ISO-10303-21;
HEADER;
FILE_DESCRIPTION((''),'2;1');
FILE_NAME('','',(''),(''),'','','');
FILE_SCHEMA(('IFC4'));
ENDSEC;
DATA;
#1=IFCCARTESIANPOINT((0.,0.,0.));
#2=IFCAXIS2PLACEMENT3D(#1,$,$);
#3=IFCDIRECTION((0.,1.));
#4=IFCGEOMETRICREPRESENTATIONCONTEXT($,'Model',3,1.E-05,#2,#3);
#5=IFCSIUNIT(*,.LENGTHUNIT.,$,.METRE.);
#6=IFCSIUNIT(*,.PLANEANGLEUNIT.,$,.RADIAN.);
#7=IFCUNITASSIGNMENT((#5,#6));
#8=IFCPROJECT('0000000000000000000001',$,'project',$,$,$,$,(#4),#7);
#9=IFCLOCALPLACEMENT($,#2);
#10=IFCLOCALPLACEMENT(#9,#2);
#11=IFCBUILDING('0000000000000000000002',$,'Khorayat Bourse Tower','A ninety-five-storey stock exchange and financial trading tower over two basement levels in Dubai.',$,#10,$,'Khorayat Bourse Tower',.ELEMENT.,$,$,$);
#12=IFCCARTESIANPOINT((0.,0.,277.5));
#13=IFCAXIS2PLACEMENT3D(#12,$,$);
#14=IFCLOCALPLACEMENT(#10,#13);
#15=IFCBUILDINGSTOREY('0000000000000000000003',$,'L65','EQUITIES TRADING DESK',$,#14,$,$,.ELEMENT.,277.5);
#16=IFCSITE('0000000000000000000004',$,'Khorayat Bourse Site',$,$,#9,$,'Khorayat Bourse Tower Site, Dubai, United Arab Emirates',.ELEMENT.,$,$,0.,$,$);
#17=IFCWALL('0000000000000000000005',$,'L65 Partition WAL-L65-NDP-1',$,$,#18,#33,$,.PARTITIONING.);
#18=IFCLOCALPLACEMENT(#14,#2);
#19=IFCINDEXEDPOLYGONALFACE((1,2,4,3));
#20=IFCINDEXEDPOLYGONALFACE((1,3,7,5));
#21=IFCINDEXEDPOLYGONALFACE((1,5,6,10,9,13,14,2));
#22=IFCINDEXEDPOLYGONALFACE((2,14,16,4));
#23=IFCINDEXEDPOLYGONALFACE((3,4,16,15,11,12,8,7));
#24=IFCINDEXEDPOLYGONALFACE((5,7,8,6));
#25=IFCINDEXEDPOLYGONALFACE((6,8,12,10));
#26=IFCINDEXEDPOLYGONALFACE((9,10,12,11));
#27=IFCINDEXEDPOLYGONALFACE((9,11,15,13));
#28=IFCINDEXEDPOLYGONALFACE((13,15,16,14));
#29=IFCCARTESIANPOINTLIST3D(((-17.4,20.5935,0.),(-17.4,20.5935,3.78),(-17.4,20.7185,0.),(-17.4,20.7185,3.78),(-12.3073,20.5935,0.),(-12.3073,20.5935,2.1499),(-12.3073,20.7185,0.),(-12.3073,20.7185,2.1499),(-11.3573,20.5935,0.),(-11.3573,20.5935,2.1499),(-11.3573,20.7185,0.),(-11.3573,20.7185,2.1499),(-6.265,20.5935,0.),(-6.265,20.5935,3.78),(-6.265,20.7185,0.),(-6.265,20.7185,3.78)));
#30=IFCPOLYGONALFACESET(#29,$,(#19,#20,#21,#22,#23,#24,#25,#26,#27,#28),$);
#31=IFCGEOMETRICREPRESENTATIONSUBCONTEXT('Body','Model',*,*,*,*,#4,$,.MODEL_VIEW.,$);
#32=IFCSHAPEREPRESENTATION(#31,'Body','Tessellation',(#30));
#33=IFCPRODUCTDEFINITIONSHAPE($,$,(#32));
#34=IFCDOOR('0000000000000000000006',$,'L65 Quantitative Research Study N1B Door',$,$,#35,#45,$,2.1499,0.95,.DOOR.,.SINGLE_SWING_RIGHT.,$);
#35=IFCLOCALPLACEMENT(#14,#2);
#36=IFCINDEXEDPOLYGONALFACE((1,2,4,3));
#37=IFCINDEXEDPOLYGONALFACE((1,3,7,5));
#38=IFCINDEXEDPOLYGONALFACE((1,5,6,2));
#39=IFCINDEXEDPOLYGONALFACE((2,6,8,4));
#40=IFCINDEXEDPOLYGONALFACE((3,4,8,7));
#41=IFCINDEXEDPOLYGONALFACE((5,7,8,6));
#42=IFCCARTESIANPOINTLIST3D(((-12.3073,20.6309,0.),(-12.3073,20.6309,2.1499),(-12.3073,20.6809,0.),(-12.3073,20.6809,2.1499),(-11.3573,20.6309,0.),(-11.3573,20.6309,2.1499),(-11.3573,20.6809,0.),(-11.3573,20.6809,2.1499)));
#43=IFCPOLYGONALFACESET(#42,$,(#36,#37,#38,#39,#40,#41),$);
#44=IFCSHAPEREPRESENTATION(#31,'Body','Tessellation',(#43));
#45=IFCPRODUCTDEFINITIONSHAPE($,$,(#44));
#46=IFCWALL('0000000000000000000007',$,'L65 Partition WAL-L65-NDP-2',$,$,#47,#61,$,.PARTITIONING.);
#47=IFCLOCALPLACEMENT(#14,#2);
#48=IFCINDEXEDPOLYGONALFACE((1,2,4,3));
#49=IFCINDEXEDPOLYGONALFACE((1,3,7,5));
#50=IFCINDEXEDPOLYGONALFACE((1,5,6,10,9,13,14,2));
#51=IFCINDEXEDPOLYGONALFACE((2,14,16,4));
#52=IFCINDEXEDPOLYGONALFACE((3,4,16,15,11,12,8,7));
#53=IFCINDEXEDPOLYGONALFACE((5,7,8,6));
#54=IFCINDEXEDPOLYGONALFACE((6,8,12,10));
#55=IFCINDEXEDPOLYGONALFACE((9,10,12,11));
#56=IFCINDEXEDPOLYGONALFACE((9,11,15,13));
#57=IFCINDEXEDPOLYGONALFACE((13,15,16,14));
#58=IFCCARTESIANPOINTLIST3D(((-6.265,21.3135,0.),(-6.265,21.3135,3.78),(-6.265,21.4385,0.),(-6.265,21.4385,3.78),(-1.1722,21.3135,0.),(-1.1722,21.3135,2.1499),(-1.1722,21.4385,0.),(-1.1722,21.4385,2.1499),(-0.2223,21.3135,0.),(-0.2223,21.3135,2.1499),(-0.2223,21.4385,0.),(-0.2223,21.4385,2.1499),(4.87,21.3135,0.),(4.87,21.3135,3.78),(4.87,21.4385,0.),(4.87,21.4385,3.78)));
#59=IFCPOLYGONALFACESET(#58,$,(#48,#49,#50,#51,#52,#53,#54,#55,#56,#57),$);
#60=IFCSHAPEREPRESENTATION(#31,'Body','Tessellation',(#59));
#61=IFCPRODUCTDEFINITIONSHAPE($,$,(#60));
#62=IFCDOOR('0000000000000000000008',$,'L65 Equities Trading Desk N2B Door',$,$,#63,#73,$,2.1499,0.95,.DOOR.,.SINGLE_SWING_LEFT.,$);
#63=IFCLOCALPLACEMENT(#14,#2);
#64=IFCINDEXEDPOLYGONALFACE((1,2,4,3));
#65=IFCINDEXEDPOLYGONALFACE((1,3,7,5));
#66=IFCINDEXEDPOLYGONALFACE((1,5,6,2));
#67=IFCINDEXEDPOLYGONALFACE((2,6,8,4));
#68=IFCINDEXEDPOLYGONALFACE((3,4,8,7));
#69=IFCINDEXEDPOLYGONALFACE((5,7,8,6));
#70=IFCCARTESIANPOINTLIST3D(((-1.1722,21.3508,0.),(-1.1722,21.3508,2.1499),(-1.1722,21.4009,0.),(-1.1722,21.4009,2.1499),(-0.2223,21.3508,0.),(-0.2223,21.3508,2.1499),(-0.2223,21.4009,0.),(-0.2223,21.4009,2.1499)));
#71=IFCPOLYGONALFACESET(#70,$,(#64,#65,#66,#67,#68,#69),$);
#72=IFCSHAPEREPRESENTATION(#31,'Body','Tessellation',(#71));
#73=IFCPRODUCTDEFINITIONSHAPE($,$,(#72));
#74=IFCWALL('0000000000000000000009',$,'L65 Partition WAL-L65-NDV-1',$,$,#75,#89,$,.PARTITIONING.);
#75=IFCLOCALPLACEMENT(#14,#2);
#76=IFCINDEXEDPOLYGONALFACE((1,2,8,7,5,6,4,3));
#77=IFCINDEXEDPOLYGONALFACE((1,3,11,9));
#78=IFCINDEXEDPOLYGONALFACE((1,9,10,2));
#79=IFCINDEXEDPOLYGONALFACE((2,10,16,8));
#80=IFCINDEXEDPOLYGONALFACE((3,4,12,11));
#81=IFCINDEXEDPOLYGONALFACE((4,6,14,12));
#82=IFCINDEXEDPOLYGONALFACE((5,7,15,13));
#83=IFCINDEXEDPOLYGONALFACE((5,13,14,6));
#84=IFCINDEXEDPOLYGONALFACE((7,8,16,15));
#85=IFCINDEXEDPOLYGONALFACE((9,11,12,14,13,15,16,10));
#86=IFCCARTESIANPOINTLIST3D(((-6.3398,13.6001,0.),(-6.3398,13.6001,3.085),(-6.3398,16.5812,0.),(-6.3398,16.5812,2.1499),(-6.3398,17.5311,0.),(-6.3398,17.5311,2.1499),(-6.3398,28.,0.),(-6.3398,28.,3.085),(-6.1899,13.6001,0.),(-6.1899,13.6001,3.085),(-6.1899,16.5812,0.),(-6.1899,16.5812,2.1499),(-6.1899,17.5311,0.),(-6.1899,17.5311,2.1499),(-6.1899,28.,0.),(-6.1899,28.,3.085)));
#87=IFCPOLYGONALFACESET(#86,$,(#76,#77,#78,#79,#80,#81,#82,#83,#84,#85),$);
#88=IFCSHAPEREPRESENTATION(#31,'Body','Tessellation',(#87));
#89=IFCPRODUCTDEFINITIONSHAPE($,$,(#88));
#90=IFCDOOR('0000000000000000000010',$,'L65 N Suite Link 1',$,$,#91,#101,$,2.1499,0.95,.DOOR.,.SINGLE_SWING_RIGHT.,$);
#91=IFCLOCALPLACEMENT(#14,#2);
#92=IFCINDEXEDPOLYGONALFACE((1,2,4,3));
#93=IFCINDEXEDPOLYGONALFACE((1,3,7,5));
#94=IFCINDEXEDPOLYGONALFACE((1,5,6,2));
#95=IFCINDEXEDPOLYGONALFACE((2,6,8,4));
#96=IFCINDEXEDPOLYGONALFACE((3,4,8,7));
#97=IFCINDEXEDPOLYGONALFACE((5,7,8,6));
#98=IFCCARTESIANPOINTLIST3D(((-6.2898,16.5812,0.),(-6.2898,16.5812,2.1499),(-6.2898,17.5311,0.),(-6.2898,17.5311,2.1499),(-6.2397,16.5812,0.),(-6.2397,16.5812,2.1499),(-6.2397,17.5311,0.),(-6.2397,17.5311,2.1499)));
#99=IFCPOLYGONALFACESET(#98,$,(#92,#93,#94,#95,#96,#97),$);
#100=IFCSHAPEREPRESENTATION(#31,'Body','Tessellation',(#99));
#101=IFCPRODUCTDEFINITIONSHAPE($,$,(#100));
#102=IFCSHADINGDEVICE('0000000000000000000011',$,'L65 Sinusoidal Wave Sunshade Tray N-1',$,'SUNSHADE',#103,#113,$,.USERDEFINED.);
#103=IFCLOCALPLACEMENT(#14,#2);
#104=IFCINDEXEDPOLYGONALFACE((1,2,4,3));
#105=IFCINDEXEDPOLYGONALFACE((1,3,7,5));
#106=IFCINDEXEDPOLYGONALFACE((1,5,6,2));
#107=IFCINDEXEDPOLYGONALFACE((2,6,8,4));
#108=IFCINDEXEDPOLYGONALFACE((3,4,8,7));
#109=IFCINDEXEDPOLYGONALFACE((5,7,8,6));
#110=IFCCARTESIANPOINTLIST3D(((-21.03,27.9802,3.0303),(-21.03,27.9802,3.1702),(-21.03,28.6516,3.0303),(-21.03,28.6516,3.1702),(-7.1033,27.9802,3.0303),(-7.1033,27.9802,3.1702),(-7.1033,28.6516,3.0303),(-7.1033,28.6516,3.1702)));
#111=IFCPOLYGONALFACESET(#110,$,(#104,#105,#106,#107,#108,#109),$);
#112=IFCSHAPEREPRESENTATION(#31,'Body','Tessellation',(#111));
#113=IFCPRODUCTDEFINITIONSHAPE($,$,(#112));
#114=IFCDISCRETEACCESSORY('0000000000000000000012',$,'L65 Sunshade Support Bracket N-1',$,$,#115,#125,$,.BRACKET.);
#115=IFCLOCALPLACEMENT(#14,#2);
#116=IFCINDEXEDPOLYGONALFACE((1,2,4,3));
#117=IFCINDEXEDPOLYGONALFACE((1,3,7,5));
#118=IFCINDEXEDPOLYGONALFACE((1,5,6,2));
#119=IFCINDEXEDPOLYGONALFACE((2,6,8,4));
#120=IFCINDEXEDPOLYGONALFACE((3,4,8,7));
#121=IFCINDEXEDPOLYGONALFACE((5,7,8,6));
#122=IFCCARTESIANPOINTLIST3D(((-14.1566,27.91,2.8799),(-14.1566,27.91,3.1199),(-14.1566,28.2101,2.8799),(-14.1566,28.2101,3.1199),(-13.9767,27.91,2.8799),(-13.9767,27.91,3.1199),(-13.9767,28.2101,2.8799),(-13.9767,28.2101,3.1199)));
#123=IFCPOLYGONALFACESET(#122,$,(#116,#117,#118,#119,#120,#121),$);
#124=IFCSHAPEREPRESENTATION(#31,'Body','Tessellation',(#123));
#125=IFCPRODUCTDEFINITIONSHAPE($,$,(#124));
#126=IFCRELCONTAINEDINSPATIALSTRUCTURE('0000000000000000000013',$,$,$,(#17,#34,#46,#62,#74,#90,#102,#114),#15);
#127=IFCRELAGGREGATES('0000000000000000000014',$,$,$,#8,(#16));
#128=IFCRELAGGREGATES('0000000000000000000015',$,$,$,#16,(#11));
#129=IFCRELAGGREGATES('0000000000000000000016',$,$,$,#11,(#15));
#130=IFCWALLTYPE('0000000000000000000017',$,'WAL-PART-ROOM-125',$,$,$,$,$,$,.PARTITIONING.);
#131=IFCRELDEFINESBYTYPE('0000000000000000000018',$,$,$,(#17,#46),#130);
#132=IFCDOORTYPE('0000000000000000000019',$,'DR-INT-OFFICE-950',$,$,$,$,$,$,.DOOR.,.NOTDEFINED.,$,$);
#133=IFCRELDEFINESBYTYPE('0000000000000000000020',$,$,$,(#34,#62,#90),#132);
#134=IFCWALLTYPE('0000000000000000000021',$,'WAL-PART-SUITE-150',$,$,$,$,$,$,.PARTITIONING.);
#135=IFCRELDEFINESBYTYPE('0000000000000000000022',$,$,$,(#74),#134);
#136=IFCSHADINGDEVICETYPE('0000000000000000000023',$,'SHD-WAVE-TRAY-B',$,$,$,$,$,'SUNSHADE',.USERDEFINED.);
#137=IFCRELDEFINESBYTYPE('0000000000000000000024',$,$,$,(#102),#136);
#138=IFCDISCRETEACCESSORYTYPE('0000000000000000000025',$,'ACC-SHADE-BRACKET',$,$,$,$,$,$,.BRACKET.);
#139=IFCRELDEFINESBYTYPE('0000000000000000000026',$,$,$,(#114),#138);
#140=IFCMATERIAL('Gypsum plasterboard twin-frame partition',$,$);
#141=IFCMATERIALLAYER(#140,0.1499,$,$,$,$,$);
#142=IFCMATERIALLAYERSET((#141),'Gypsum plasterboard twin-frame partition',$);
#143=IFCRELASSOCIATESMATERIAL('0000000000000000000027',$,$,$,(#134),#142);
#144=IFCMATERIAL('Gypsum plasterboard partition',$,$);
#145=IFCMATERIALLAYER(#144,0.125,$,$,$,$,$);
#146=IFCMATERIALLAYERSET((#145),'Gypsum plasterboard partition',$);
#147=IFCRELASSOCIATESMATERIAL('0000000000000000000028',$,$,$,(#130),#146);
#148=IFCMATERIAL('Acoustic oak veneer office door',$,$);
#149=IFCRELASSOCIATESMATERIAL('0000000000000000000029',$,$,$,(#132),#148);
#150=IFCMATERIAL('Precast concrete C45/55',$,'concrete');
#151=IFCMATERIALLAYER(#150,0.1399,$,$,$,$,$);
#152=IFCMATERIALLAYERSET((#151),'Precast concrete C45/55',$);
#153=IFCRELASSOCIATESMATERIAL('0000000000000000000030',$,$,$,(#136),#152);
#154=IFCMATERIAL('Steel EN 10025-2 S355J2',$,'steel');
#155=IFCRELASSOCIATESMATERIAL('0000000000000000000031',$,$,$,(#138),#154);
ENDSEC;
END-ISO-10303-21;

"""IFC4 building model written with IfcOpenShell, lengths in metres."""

from ifc_helpers import new_model, si_unit, direction, frame, frame_2d, origin, origin_2d, place, context, subcontext, project, spatial, rectangle, extrude, source, transform, mapped, material, layer, layer_set, type_object, element, fill, save


model = new_model("IFC4")

# Units and contexts
model_context = context("Model", 3, precision=1e-05, world=origin(), true_north=direction((0.0, 1.0)))
body_context = subcontext(model_context, "Body", "Model", "MODEL_VIEW")
ifc_project = project(units=[si_unit("LENGTHUNIT", "METRE"), si_unit("PLANEANGLEUNIT", "RADIAN")], contexts=[model_context])

# Site, building, storey
site_placement = place(None, origin())
site = spatial("IfcSite", under=ifc_project, at=site_placement, Name="Khorayat Bourse Site", LongName="Khorayat Bourse Tower Site, Dubai, United Arab Emirates", CompositionType="ELEMENT", RefElevation=0.0)
building_placement = place(site_placement, origin())
building = spatial("IfcBuilding", under=site, at=building_placement, Name="Khorayat Bourse Tower", Description="A ninety-five-storey stock exchange and financial trading tower over two basement levels in Dubai.", LongName="Khorayat Bourse Tower", CompositionType="ELEMENT")
storey_placement = place(building_placement, frame((0.0, 0.0, 277.5)))
storey = spatial("IfcBuildingStorey", under=building, at=storey_placement, Name="L65", Description="EQUITIES TRADING DESK", CompositionType="ELEMENT", Elevation=277.5)

# Shared definitions
ifc_material_1 = material(Name="Steel EN 10025-2 S355J2", Category="steel")

# Shared definitions
ifc_material_2 = material(Name="Gypsum plasterboard twin-frame partition")
ifc_layer_1 = layer(ifc_material_2, 0.1499)
ifc_layer_set_1 = layer_set([ifc_layer_1], Name="Gypsum plasterboard twin-frame partition")
wall_type_1 = type_object("IfcWallType", Name="WAL-PART-SUITE-150", PredefinedType="PARTITIONING", material=ifc_layer_set_1)

# Walls, openings, doors
ifc_material_3 = material(Name="Gypsum plasterboard partition")
ifc_layer_2 = layer(ifc_material_3, 0.125)
ifc_layer_set_2 = layer_set([ifc_layer_2], Name="Gypsum plasterboard partition")
wall_type_2 = type_object("IfcWallType", Name="WAL-PART-ROOM-125", PredefinedType="PARTITIONING", material=ifc_layer_set_2)
shared_shape_1 = source(origin(), body_context, "Body", "SweptSolid", [
    extrude(rectangle(XDim=11.135, YDim=0.125, at=frame_2d((5.5674, 0.0))), origin(), (0.0, 0.0, 1.0), 3.78),
])
wall_1_placement = place(storey_placement, frame((-17.3999, 20.656, 0.0), z_axis=(0.0, 0.0, 1.0), x_axis=(1.0, 0.0, 0.0)))
wall_1 = element("IfcWall", 1, at=wall_1_placement, inside=storey, type_object=wall_type_2, Name="L65 Partition WAL-L65-NDP-1", PredefinedType="PARTITIONING", context=body_context, shape_type="MappedRepresentation", body=[
    mapped(shared_shape_1, transform((0.0, 0.0, 0.0), scale=1.0)),
])
shared_shape_2 = source(origin(), body_context, "Body", "SweptSolid", [
    extrude(rectangle(XDim=0.95, YDim=2.1499, at=frame_2d((0.4751, 1.075))), frame((0.0, 0.0725, 0.0), z_axis=(0.0, -1.0, 0.0), x_axis=(1.0, 0.0, 0.0)), (0.0, 0.0, 1.0), 0.145),
])
opening_1_placement = place(wall_1_placement, frame((5.0925, 0.0, 0.0)))
opening_1 = element("IfcOpeningElement", 2, at=opening_1_placement, cuts=wall_1, PredefinedType="OPENING", context=body_context, shape_type="MappedRepresentation", body=[
    mapped(shared_shape_2, transform((0.0, 0.0, 0.0), scale=1.0)),
])
ifc_material_4 = material(Name="Acoustic oak veneer office door")
door_type_1 = type_object("IfcDoorType", Name="DR-INT-OFFICE-950", OperationType="NOTDEFINED", PredefinedType="DOOR", material=ifc_material_4)
shared_shape_3 = source(origin(), body_context, "Body", "SweptSolid", [
    extrude(rectangle(XDim=0.95, YDim=2.1499, at=frame_2d((0.4751, 1.075))), frame((0.0, 0.0249, 0.0), z_axis=(0.0, -1.0, 0.0), x_axis=(1.0, 0.0, 0.0)), (0.0, 0.0, 1.0), 0.05),
])
door_1_placement = place(opening_1_placement, origin())
door_1 = element("IfcDoor", 3, at=door_1_placement, inside=storey, type_object=door_type_1, Name="L65 Quantitative Research Study N1B Door", OperationType="SINGLE_SWING_RIGHT", OverallHeight=2.1499, OverallWidth=0.95, PredefinedType="DOOR", context=body_context, shape_type="MappedRepresentation", body=[
    mapped(shared_shape_3, transform((0.0, 0.0, 0.0), scale=1.0)),
])
fill(opening_1, door_1)
wall_2_placement = place(storey_placement, frame((-6.2649, 21.376, 0.0), z_axis=(0.0, 0.0, 1.0), x_axis=(1.0, 0.0, 0.0)))
wall_2 = element("IfcWall", 4, at=wall_2_placement, inside=storey, type_object=wall_type_2, Name="L65 Partition WAL-L65-NDP-2", PredefinedType="PARTITIONING", context=body_context, shape_type="MappedRepresentation", body=[
    mapped(shared_shape_1, transform((0.0, 0.0, 0.0), scale=1.0)),
])
opening_2_placement = place(wall_2_placement, frame((5.0925, 0.0, 0.0)))
opening_2 = element("IfcOpeningElement", 5, at=opening_2_placement, cuts=wall_2, PredefinedType="OPENING", context=body_context, shape_type="MappedRepresentation", body=[
    mapped(shared_shape_2, transform((0.0, 0.0, 0.0), scale=1.0)),
])
door_2_placement = place(opening_2_placement, origin())
door_2 = element("IfcDoor", 6, at=door_2_placement, inside=storey, type_object=door_type_1, Name="L65 Equities Trading Desk N2B Door", OperationType="SINGLE_SWING_LEFT", OverallHeight=2.1499, OverallWidth=0.95, PredefinedType="DOOR", context=body_context, shape_type="MappedRepresentation", body=[
    mapped(shared_shape_3, transform((0.0, 0.0, 0.0), scale=1.0)),
])
fill(opening_2, door_2)
shared_shape_4 = source(origin(), body_context, "Body", "SweptSolid", [
    extrude(rectangle(XDim=14.3999, YDim=0.1499, at=frame_2d((7.2, 0.0))), origin(), (0.0, 0.0, 1.0), 3.085),
])
wall_3_placement = place(storey_placement, frame((-6.2649, 13.6001, 0.0), z_axis=(0.0, 0.0, 1.0), x_axis=(0.0, 1.0, 0.0)))
wall_3 = element("IfcWall", 7, at=wall_3_placement, inside=storey, type_object=wall_type_1, Name="L65 Partition WAL-L65-NDV-1", PredefinedType="PARTITIONING", context=body_context, shape_type="MappedRepresentation", body=[
    mapped(shared_shape_4, transform((0.0, 0.0, 0.0), scale=1.0)),
])
shared_shape_5 = source(origin(), body_context, "Body", "SweptSolid", [
    extrude(rectangle(XDim=0.95, YDim=2.1499, at=frame_2d((0.4751, 1.075))), frame((0.0, 0.085, 0.0), z_axis=(0.0, -1.0, 0.0), x_axis=(1.0, 0.0, 0.0)), (0.0, 0.0, 1.0), 0.1699),
])
opening_3_placement = place(wall_3_placement, frame((2.981, 0.0, 0.0)))
opening_3 = element("IfcOpeningElement", 8, at=opening_3_placement, cuts=wall_3, PredefinedType="OPENING", context=body_context, shape_type="MappedRepresentation", body=[
    mapped(shared_shape_5, transform((0.0, 0.0, 0.0), scale=1.0)),
])
door_3_placement = place(opening_3_placement, origin())
door_3 = element("IfcDoor", 9, at=door_3_placement, inside=storey, type_object=door_type_1, Name="L65 N Suite Link 1", OperationType="SINGLE_SWING_RIGHT", OverallHeight=2.1499, OverallWidth=0.95, PredefinedType="DOOR", context=body_context, shape_type="MappedRepresentation", body=[
    mapped(shared_shape_3, transform((0.0, 0.0, 0.0), scale=1.0)),
])
fill(opening_3, door_3)

# Shading device
ifc_material_5 = material(Name="Precast concrete C45/55", Category="concrete")
ifc_layer_3 = layer(ifc_material_5, 0.1399)
ifc_layer_set_3 = layer_set([ifc_layer_3], Name="Precast concrete C45/55")
shading_device_type = type_object("IfcShadingDeviceType", Name="SHD-WAVE-TRAY-B", ElementType="SUNSHADE", PredefinedType="USERDEFINED", material=ifc_layer_set_3)
shared_shape_6 = source(origin(), body_context, "Body", "SweptSolid", [
    extrude(rectangle(XDim=13.9268, YDim=0.6714, at=origin_2d()), origin(), (0.0, 0.0, 1.0), 0.1399),
])
shading_device_placement = place(storey_placement, frame((-14.0667, 28.3159, 3.0303), z_axis=(0.0, 0.0, 1.0), x_axis=(1.0, 0.0, 0.0)))
element("IfcShadingDevice", 10, at=shading_device_placement, inside=storey, type_object=shading_device_type, Name="L65 Sinusoidal Wave Sunshade Tray N-1", ObjectType="SUNSHADE", PredefinedType="USERDEFINED", context=body_context, shape_type="MappedRepresentation", body=[
    mapped(shared_shape_6, transform((0.0, 0.0, 0.0), scale=1.0)),
])

# Discrete accessory
discrete_accessory_type = type_object("IfcDiscreteAccessoryType", Name="ACC-SHADE-BRACKET", PredefinedType="BRACKET", material=ifc_material_1)
shared_shape_7 = source(origin(), body_context, "Body", "SweptSolid", [
    extrude(rectangle(XDim=0.1799, YDim=0.3, at=origin_2d()), origin(), (0.0, 0.0, 1.0), 0.24),
])
discrete_accessory_placement = place(storey_placement, frame((-14.0667, 28.0601, 2.8799), z_axis=(0.0, 0.0, 1.0), x_axis=(1.0, 0.0, 0.0)))
element("IfcDiscreteAccessory", 11, at=discrete_accessory_placement, inside=storey, type_object=discrete_accessory_type, Name="L65 Sunshade Support Bracket N-1", PredefinedType="BRACKET", context=body_context, shape_type="MappedRepresentation", body=[
    mapped(shared_shape_7, transform((0.0, 0.0, 0.0), scale=1.0)),
])

save(model, "model.ifc")
